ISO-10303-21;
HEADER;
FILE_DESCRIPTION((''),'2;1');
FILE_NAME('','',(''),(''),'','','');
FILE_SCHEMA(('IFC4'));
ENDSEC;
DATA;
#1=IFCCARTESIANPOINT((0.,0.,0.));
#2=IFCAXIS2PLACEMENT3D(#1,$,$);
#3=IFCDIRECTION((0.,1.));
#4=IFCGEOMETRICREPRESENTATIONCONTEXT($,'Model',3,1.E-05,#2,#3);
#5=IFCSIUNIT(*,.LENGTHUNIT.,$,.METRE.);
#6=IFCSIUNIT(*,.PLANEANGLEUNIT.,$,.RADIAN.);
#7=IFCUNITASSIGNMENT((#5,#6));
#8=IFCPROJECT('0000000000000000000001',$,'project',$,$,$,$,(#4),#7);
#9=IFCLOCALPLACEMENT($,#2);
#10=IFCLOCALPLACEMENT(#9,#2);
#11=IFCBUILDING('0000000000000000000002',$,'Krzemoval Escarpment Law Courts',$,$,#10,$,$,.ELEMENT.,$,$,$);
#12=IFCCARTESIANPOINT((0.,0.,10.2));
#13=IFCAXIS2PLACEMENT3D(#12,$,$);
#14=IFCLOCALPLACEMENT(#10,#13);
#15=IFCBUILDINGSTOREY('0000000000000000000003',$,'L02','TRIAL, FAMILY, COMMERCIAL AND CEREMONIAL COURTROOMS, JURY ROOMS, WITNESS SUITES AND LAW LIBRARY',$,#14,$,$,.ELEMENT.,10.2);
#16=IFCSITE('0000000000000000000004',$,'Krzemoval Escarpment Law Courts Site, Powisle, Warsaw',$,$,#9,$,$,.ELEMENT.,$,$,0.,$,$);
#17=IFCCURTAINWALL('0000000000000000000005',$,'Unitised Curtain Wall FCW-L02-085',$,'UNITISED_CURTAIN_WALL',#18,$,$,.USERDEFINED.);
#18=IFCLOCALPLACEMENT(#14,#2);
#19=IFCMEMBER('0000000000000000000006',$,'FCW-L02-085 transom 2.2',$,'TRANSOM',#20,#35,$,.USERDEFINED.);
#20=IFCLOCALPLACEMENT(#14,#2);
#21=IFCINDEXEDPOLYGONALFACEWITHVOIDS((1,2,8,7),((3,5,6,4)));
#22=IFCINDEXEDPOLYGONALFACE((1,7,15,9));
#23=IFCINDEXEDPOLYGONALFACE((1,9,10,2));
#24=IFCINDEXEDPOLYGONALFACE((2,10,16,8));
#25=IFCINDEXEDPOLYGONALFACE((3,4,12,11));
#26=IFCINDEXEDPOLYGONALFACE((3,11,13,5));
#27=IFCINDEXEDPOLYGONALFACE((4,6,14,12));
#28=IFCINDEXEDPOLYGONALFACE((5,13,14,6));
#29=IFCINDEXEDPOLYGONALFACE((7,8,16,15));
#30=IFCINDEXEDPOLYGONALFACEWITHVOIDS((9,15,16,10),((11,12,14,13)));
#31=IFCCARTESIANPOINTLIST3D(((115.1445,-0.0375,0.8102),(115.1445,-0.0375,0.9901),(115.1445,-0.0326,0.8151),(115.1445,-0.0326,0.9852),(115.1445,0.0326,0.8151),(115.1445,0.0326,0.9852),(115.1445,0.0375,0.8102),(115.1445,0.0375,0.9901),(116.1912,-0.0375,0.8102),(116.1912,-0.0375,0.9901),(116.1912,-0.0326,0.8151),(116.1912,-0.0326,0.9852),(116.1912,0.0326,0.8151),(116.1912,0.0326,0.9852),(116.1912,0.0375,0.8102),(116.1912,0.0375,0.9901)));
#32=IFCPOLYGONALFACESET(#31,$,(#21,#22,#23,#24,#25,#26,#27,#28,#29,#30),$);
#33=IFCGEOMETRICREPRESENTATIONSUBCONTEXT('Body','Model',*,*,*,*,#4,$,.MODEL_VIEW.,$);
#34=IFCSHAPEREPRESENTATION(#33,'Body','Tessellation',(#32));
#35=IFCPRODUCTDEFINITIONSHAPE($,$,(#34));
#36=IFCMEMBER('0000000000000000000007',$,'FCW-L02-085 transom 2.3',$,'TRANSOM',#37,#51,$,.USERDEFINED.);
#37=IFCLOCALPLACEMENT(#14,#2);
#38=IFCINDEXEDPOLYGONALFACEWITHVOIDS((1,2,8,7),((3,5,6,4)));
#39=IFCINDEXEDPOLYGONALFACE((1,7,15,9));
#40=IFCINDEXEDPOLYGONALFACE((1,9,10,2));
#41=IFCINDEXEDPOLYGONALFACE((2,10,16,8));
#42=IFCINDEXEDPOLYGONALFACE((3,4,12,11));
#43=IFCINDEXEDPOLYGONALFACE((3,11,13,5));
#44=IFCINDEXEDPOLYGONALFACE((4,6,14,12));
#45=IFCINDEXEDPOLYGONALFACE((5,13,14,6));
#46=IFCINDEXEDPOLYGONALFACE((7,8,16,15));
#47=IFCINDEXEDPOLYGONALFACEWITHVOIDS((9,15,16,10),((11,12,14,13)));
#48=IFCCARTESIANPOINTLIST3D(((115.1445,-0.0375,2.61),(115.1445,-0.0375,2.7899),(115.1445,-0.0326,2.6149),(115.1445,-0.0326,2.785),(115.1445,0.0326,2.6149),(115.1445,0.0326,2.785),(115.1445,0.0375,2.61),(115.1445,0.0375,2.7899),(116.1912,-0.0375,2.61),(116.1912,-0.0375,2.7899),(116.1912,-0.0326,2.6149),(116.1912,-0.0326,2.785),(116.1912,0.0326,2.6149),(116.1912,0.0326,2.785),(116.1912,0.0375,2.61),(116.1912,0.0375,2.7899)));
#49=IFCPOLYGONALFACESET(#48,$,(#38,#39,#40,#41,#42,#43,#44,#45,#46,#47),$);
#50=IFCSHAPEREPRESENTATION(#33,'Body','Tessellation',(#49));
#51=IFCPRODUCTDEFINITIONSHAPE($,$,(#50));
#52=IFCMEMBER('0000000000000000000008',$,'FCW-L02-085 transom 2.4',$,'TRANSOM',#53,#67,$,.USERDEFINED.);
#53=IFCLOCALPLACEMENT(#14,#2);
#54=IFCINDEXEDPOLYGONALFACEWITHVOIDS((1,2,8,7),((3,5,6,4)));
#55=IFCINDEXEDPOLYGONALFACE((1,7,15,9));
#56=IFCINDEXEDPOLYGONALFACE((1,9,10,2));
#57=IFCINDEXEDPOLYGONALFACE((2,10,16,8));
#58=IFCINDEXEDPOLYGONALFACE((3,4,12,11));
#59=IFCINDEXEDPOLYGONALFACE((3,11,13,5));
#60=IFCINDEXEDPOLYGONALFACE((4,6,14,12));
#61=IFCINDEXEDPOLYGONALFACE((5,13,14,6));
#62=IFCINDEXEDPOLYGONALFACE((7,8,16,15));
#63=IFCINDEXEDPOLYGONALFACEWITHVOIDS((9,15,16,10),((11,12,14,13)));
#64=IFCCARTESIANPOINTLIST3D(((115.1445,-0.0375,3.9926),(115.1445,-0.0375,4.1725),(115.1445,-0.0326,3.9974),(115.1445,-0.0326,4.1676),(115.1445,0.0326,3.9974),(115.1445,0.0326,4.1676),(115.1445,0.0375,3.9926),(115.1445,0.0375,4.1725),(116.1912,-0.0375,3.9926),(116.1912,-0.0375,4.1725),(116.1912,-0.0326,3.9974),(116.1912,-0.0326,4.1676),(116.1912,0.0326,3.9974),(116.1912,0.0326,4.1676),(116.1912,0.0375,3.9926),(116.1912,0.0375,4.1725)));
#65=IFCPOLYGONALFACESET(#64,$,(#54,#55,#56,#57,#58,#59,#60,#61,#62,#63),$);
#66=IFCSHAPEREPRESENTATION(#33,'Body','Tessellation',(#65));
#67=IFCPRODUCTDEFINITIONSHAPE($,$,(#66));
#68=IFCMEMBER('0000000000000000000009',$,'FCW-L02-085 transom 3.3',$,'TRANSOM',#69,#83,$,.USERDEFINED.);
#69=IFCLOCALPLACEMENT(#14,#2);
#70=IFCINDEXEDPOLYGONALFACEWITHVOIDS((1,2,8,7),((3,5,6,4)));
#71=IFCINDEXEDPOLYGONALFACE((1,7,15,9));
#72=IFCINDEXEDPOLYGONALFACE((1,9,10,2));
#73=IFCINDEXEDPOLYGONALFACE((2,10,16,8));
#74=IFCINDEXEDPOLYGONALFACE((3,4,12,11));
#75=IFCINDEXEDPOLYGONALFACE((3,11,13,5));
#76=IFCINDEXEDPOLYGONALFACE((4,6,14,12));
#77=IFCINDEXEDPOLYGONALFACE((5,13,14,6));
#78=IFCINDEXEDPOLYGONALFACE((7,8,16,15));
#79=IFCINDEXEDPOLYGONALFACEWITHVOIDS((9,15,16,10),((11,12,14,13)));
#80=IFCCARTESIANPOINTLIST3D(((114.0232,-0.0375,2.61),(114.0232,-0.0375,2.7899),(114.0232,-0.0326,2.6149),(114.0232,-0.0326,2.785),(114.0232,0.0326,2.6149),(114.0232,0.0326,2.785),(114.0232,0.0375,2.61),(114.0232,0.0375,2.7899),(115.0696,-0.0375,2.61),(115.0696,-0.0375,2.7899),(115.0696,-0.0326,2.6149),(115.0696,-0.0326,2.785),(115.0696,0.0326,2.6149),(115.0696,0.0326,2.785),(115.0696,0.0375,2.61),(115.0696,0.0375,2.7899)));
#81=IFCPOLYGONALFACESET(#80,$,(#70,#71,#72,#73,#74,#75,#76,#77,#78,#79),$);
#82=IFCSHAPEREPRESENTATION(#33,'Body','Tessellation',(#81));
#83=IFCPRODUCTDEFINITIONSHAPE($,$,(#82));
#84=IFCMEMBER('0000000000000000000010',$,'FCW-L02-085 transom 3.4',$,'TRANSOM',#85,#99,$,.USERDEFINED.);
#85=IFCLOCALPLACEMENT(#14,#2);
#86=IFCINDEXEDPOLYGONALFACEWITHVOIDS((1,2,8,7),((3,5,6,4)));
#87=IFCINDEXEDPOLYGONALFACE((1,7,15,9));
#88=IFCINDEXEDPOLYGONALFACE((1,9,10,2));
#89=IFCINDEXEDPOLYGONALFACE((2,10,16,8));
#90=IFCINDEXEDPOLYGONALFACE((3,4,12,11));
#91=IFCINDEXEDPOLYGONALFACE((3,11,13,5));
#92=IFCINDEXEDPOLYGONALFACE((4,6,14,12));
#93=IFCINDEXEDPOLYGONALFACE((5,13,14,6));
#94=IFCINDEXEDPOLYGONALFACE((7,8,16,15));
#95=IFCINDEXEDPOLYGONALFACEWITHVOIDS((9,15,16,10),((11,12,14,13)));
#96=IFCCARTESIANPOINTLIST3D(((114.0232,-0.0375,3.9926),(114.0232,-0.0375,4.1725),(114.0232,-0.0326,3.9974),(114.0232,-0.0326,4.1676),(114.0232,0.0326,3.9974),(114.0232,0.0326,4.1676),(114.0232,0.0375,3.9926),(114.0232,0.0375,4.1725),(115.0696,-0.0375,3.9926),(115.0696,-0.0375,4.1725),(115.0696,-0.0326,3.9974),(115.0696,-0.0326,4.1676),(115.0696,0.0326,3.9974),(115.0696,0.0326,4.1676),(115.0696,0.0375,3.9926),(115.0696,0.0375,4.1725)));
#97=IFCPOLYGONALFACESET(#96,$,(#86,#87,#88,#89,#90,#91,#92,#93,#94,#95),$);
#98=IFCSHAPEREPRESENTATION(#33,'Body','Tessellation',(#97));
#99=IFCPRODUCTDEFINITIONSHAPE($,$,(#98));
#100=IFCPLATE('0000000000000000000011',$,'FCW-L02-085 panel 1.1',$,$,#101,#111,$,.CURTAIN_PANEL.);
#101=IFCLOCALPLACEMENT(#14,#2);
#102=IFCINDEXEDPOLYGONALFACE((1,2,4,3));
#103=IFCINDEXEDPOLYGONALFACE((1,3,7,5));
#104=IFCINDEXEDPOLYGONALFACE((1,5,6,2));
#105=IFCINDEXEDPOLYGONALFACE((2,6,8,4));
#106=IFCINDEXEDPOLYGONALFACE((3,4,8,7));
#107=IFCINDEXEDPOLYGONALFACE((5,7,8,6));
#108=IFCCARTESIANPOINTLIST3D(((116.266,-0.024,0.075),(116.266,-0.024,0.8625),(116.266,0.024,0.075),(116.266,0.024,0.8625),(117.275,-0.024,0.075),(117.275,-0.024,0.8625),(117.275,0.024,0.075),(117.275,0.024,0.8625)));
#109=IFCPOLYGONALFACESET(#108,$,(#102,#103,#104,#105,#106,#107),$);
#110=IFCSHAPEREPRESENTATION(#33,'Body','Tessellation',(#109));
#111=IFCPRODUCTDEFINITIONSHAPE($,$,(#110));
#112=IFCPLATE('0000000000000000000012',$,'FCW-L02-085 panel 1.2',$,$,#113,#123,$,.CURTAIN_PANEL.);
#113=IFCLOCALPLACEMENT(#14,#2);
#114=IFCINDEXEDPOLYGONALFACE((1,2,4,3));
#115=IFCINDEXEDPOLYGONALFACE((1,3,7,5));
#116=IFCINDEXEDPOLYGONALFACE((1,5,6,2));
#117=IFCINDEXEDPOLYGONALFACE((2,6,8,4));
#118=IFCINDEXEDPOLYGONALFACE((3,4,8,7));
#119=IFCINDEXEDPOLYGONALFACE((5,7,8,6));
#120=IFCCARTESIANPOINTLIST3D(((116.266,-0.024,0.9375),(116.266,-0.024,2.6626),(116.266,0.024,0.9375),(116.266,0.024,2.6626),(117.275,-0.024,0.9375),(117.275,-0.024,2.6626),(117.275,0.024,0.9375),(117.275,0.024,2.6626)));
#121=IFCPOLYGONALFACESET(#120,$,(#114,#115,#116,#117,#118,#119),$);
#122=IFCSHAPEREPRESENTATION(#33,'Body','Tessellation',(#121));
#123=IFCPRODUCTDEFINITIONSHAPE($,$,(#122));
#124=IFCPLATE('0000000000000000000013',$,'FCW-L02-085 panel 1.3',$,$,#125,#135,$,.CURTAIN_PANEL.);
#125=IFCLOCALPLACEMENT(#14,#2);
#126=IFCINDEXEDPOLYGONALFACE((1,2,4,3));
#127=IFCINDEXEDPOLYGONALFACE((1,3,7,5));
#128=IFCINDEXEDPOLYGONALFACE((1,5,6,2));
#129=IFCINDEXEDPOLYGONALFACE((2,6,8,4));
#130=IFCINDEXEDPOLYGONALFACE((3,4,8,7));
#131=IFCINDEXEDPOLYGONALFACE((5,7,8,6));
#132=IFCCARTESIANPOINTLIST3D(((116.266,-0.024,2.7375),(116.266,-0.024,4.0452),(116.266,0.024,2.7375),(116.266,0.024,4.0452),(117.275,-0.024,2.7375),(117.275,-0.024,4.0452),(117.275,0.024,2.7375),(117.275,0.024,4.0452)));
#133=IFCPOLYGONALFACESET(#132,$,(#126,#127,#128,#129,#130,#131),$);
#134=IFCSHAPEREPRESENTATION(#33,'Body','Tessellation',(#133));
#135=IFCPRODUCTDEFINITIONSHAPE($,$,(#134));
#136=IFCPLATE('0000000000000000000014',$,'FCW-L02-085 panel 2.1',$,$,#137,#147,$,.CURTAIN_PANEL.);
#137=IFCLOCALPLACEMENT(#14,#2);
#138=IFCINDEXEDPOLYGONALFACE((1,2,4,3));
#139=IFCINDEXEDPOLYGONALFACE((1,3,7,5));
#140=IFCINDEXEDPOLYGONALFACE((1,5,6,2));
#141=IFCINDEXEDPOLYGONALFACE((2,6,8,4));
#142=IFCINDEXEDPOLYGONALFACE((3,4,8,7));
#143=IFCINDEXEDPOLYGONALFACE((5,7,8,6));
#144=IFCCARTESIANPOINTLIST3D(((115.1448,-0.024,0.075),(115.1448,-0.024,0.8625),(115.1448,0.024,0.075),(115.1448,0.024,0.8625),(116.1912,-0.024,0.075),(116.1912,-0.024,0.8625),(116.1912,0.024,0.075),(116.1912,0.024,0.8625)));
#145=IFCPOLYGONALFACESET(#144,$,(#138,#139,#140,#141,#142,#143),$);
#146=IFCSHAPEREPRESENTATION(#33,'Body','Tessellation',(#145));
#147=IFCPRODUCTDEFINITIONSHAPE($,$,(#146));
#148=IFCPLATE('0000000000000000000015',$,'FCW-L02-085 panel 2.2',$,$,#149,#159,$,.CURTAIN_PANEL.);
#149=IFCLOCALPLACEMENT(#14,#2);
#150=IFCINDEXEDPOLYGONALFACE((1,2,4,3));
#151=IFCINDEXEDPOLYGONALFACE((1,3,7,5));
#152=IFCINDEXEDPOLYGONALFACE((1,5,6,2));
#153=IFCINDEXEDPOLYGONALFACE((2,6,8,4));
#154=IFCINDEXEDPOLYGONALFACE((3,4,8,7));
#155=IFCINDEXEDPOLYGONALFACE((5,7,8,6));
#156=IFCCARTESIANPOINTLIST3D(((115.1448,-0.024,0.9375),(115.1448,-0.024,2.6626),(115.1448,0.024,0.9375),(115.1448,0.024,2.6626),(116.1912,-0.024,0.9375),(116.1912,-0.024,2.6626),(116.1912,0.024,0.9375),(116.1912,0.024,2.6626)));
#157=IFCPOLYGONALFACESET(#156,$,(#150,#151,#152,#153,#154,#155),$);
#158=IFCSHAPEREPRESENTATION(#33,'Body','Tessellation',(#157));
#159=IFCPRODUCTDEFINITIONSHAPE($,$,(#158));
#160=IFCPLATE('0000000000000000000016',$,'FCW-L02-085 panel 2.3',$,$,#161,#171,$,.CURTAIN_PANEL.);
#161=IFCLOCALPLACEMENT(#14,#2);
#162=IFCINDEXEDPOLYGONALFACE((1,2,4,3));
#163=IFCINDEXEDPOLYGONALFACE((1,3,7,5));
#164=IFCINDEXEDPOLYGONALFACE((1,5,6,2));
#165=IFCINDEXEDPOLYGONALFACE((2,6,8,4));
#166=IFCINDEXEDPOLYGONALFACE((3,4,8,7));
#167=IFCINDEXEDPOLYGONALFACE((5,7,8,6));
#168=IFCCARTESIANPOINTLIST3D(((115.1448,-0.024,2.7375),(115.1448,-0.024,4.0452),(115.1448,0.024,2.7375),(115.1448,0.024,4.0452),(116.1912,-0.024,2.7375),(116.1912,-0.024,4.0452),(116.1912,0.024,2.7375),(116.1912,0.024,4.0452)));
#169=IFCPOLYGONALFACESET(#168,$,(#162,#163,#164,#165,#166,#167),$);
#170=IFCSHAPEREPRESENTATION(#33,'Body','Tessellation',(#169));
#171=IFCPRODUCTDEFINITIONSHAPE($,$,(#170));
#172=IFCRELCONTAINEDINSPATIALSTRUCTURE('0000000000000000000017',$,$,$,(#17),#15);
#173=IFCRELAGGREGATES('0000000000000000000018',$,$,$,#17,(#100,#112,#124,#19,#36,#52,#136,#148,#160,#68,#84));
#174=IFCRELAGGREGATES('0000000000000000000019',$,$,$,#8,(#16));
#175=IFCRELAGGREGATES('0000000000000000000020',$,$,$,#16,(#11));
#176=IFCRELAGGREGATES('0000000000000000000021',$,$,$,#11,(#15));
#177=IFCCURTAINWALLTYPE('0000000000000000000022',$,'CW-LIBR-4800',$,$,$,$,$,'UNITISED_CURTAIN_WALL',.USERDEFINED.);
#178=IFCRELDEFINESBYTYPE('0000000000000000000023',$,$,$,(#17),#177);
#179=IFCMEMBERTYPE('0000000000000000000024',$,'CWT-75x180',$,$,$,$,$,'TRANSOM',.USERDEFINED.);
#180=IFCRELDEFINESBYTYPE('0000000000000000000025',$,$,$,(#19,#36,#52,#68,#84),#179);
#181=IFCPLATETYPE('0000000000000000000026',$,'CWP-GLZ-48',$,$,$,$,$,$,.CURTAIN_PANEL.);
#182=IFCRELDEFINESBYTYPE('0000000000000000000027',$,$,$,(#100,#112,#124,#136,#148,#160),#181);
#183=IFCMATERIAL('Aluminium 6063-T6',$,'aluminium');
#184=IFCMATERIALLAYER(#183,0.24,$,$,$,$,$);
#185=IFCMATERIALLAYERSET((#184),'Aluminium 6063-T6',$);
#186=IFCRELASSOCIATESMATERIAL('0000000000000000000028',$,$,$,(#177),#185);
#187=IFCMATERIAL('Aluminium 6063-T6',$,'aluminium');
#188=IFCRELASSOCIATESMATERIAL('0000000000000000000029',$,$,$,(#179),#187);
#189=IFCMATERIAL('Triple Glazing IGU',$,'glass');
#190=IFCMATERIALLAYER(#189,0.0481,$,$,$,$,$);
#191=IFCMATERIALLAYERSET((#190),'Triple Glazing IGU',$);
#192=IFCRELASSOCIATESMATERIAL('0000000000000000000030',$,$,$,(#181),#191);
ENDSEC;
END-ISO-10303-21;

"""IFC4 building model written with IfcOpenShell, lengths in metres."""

from ifc_helpers import new_model, si_unit, direction, frame, origin, origin_2d, place, context, subcontext, project, spatial, rectangle, hollow_rectangle, extrude, material, layer, layer_set, material_profile, profile_set, type_object, element, aggregate, save


model = new_model("IFC4")

# Units and contexts
model_context = context("Model", 3, precision=1e-05, world=origin(), true_north=direction((0.0, 1.0)))
body_context = subcontext(model_context, "Body", "Model", "MODEL_VIEW")
ifc_project = project(units=[si_unit("LENGTHUNIT", "METRE"), si_unit("PLANEANGLEUNIT", "RADIAN")], contexts=[model_context])

# Site, building, storey
site_placement = place(None, origin())
site = spatial("IfcSite", under=ifc_project, at=site_placement, Name="Krzemoval Escarpment Law Courts Site, Powisle, Warsaw", CompositionType="ELEMENT", RefElevation=0.0)
building_placement = place(site_placement, origin())
building = spatial("IfcBuilding", under=site, at=building_placement, Name="Krzemoval Escarpment Law Courts", CompositionType="ELEMENT")
storey_placement = place(building_placement, frame((0.0, 0.0, 10.2)))
storey = spatial("IfcBuildingStorey", under=building, at=storey_placement, Name="L02", Description="TRIAL, FAMILY, COMMERCIAL AND CEREMONIAL COURTROOMS, JURY ROOMS, WITNESS SUITES AND LAW LIBRARY", CompositionType="ELEMENT", Elevation=10.2)

# Shared definitions
ifc_material_1 = material(Name="Aluminium 6063-T6", Category="aluminium")
ifc_layer_1 = layer(ifc_material_1, 0.24)
ifc_layer_set_1 = layer_set([ifc_layer_1], Name="Aluminium 6063-T6")
curtain_wall_type = type_object("IfcCurtainWallType", Name="CW-LIBR-4800", ElementType="UNITISED_CURTAIN_WALL", PredefinedType="USERDEFINED", material=ifc_layer_set_1)

# Curtain wall, members, plates
curtain_wall_1_placement = place(storey_placement, origin())
curtain_wall_1 = element("IfcCurtainWall", 1, at=curtain_wall_1_placement, inside=storey, type_object=curtain_wall_type, Name="Unitised Curtain Wall FCW-L02-085", ObjectType="UNITISED_CURTAIN_WALL", PredefinedType="USERDEFINED")
ifc_material_2 = material(Name="Aluminium 6063-T6", Category="aluminium")
ifc_material_profile_1 = material_profile(ifc_material_2, hollow_rectangle(XDim=0.075, YDim=0.1799, WallThickness=0.0049, at=origin_2d()), Name="ALU T75x180")
ifc_profile_set_1 = profile_set([ifc_material_profile_1], Name="Aluminium 6063-T6")
member_type_1 = type_object("IfcMemberType", Name="CWT-75x180", ElementType="TRANSOM", PredefinedType="USERDEFINED", material=ifc_profile_set_1)
member_1_placement = place(storey_placement, frame((116.1912, 0.0, 0.9001), z_axis=(-1.0, 0.0, 0.0), x_axis=(0.0, -1.0, 0.0)))
member_1 = element("IfcMember", 2, at=member_1_placement, type_object=member_type_1, Name="FCW-L02-085 transom 2.2", ObjectType="TRANSOM", PredefinedType="USERDEFINED", context=body_context, shape_type="SweptSolid", body=[
    extrude(hollow_rectangle(XDim=0.075, YDim=0.1799, WallThickness=0.0049, at=origin_2d()), origin(), (0.0, 0.0, 1.0), 1.0466),
])
member_2_placement = place(storey_placement, frame((116.1912, 0.0, 2.7), z_axis=(-1.0, 0.0, 0.0), x_axis=(0.0, -1.0, 0.0)))
member_2 = element("IfcMember", 3, at=member_2_placement, type_object=member_type_1, Name="FCW-L02-085 transom 2.3", ObjectType="TRANSOM", PredefinedType="USERDEFINED", context=body_context, shape_type="SweptSolid", body=[
    extrude(hollow_rectangle(XDim=0.075, YDim=0.1799, WallThickness=0.0049, at=origin_2d()), origin(), (0.0, 0.0, 1.0), 1.0466),
])
member_3_placement = place(storey_placement, frame((116.1912, 0.0, 4.0825), z_axis=(-1.0, 0.0, 0.0), x_axis=(0.0, -1.0, 0.0)))
member_3 = element("IfcMember", 4, at=member_3_placement, type_object=member_type_1, Name="FCW-L02-085 transom 2.4", ObjectType="TRANSOM", PredefinedType="USERDEFINED", context=body_context, shape_type="SweptSolid", body=[
    extrude(hollow_rectangle(XDim=0.075, YDim=0.1799, WallThickness=0.0049, at=origin_2d()), origin(), (0.0, 0.0, 1.0), 1.0466),
])
member_4_placement = place(storey_placement, frame((115.0696, 0.0, 2.7), z_axis=(-1.0, 0.0, 0.0), x_axis=(0.0, -1.0, 0.0)))
member_4 = element("IfcMember", 5, at=member_4_placement, type_object=member_type_1, Name="FCW-L02-085 transom 3.3", ObjectType="TRANSOM", PredefinedType="USERDEFINED", context=body_context, shape_type="SweptSolid", body=[
    extrude(hollow_rectangle(XDim=0.075, YDim=0.1799, WallThickness=0.0049, at=origin_2d()), origin(), (0.0, 0.0, 1.0), 1.0464),
])
member_5_placement = place(storey_placement, frame((115.0696, 0.0, 4.0825), z_axis=(-1.0, 0.0, 0.0), x_axis=(0.0, -1.0, 0.0)))
member_5 = element("IfcMember", 6, at=member_5_placement, type_object=member_type_1, Name="FCW-L02-085 transom 3.4", ObjectType="TRANSOM", PredefinedType="USERDEFINED", context=body_context, shape_type="SweptSolid", body=[
    extrude(hollow_rectangle(XDim=0.075, YDim=0.1799, WallThickness=0.0049, at=origin_2d()), origin(), (0.0, 0.0, 1.0), 1.0464),
])
ifc_material_3 = material(Name="Triple Glazing IGU", Category="glass")
ifc_layer_2 = layer(ifc_material_3, 0.0481)
ifc_layer_set_2 = layer_set([ifc_layer_2], Name="Triple Glazing IGU")
plate_type = type_object("IfcPlateType", Name="CWP-GLZ-48", PredefinedType="CURTAIN_PANEL", material=ifc_layer_set_2)
plate_1_placement = place(storey_placement, frame((116.7705, 0.0, 0.075), z_axis=(0.0, 0.0, 1.0), x_axis=(-1.0, 0.0, 0.0)))
plate_1 = element("IfcPlate", 7, at=plate_1_placement, type_object=plate_type, Name="FCW-L02-085 panel 1.1", PredefinedType="CURTAIN_PANEL", context=body_context, shape_type="SweptSolid", body=[
    extrude(rectangle(XDim=1.009, YDim=0.0481, at=origin_2d()), origin(), (0.0, 0.0, 1.0), 0.7876),
])
plate_2_placement = place(storey_placement, frame((116.7705, 0.0, 0.9375), z_axis=(0.0, 0.0, 1.0), x_axis=(-1.0, 0.0, 0.0)))
plate_2 = element("IfcPlate", 8, at=plate_2_placement, type_object=plate_type, Name="FCW-L02-085 panel 1.2", PredefinedType="CURTAIN_PANEL", context=body_context, shape_type="SweptSolid", body=[
    extrude(rectangle(XDim=1.009, YDim=0.0481, at=origin_2d()), origin(), (0.0, 0.0, 1.0), 1.7251),
])
plate_3_placement = place(storey_placement, frame((116.7705, 0.0, 2.7375), z_axis=(0.0, 0.0, 1.0), x_axis=(-1.0, 0.0, 0.0)))
plate_3 = element("IfcPlate", 9, at=plate_3_placement, type_object=plate_type, Name="FCW-L02-085 panel 1.3", PredefinedType="CURTAIN_PANEL", context=body_context, shape_type="SweptSolid", body=[
    extrude(rectangle(XDim=1.009, YDim=0.0481, at=origin_2d()), origin(), (0.0, 0.0, 1.0), 1.3076),
])
plate_4_placement = place(storey_placement, frame((115.668, 0.0, 0.075), z_axis=(0.0, 0.0, 1.0), x_axis=(-1.0, 0.0, 0.0)))
plate_4 = element("IfcPlate", 10, at=plate_4_placement, type_object=plate_type, Name="FCW-L02-085 panel 2.1", PredefinedType="CURTAIN_PANEL", context=body_context, shape_type="SweptSolid", body=[
    extrude(rectangle(XDim=1.0464, YDim=0.0481, at=origin_2d()), origin(), (0.0, 0.0, 1.0), 0.7876),
])
plate_5_placement = place(storey_placement, frame((115.668, 0.0, 0.9375), z_axis=(0.0, 0.0, 1.0), x_axis=(-1.0, 0.0, 0.0)))
plate_5 = element("IfcPlate", 11, at=plate_5_placement, type_object=plate_type, Name="FCW-L02-085 panel 2.2", PredefinedType="CURTAIN_PANEL", context=body_context, shape_type="SweptSolid", body=[
    extrude(rectangle(XDim=1.0464, YDim=0.0481, at=origin_2d()), origin(), (0.0, 0.0, 1.0), 1.7251),
])
plate_6_placement = place(storey_placement, frame((115.668, 0.0, 2.7375), z_axis=(0.0, 0.0, 1.0), x_axis=(-1.0, 0.0, 0.0)))
plate_6 = element("IfcPlate", 12, at=plate_6_placement, type_object=plate_type, Name="FCW-L02-085 panel 2.3", PredefinedType="CURTAIN_PANEL", context=body_context, shape_type="SweptSolid", body=[
    extrude(rectangle(XDim=1.0464, YDim=0.0481, at=origin_2d()), origin(), (0.0, 0.0, 1.0), 1.3076),
])
aggregate(curtain_wall_1, [plate_1, plate_2, plate_3, member_1, member_2, member_3, plate_4, plate_5, plate_6, member_4, member_5])

save(model, "model.ifc")
